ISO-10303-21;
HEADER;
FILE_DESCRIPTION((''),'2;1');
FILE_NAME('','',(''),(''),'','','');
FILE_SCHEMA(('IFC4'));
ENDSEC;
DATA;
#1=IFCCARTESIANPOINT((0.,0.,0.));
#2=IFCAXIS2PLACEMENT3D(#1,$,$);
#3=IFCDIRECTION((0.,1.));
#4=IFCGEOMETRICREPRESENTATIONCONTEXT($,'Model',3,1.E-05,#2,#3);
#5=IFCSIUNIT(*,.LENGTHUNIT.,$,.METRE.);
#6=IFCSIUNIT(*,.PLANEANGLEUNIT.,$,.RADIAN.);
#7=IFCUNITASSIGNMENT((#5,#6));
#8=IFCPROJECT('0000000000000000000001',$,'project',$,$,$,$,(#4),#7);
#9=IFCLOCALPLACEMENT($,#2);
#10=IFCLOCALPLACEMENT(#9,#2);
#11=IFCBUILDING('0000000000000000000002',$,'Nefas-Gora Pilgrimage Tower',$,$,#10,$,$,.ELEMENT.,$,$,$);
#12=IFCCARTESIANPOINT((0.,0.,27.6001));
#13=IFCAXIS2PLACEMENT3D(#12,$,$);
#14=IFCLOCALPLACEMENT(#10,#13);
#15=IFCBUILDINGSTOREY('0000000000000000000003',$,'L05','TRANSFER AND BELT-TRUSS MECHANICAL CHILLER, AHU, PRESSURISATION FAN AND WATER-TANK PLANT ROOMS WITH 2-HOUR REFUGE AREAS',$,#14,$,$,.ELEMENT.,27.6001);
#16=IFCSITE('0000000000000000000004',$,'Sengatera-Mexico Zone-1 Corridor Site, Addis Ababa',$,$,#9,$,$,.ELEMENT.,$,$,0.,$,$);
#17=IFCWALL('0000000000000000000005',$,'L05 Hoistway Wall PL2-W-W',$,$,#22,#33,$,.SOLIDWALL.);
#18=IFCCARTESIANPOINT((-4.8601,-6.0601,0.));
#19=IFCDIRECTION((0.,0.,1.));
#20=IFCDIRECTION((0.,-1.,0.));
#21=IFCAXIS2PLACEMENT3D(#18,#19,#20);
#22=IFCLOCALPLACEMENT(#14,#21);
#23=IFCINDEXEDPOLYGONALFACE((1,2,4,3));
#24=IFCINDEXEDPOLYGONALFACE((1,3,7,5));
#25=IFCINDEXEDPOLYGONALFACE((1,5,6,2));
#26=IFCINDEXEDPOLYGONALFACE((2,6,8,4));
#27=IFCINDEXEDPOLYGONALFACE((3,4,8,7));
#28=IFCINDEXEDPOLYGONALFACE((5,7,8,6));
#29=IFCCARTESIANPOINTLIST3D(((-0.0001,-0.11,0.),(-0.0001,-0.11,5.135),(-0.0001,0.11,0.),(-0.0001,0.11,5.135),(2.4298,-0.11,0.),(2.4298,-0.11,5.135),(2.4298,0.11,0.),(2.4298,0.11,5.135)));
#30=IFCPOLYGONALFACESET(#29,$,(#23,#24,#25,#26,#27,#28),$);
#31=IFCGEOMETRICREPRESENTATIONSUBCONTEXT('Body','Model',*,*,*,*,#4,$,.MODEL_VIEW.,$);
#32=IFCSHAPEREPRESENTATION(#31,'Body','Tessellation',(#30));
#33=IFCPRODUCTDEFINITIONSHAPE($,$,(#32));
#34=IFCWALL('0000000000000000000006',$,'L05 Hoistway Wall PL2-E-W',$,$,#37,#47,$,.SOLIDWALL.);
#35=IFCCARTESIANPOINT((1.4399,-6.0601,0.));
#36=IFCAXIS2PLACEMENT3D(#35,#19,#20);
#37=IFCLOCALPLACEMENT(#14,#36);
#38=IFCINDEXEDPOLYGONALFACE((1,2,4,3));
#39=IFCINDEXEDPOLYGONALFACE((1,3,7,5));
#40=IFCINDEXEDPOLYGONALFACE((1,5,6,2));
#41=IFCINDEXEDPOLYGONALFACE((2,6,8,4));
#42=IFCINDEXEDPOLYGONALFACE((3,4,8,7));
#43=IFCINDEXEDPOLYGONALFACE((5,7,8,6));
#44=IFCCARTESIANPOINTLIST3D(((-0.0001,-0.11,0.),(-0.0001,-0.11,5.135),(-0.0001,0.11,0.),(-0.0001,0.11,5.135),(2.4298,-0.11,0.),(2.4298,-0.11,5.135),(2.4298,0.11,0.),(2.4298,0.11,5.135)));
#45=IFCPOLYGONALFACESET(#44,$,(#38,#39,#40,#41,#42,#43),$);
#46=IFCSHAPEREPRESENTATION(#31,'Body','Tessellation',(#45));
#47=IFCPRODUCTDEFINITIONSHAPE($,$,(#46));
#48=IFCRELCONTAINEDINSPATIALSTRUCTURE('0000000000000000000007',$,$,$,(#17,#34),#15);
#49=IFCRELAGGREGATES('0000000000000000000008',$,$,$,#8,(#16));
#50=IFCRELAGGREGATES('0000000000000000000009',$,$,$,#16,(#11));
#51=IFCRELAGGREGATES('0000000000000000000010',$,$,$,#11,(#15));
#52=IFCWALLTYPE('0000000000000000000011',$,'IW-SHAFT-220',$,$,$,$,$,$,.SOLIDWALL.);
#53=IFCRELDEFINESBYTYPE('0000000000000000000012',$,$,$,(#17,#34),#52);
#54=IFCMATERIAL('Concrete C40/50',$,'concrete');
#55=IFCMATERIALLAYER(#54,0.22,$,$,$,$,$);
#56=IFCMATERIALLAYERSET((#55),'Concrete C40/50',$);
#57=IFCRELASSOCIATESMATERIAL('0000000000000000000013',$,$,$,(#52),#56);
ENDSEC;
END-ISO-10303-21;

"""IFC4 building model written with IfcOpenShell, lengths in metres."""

from ifc_helpers import new_model, si_unit, direction, frame, frame_2d, origin, place, context, subcontext, project, spatial, rectangle, extrude, source, transform, mapped, material, layer, layer_set, type_object, element, save


model = new_model("IFC4")

# Units and contexts
model_context = context("Model", 3, precision=1e-05, world=origin(), true_north=direction((0.0, 1.0)))
body_context = subcontext(model_context, "Body", "Model", "MODEL_VIEW")
ifc_project = project(units=[si_unit("LENGTHUNIT", "METRE"), si_unit("PLANEANGLEUNIT", "RADIAN")], contexts=[model_context])

# Site, building, storey
site_placement = place(None, origin())
site = spatial("IfcSite", under=ifc_project, at=site_placement, Name="Sengatera-Mexico Zone-1 Corridor Site, Addis Ababa", CompositionType="ELEMENT", RefElevation=0.0)
building_placement = place(site_placement, origin())
building = spatial("IfcBuilding", under=site, at=building_placement, Name="Nefas-Gora Pilgrimage Tower", CompositionType="ELEMENT")
storey_placement = place(building_placement, frame((0.0, 0.0, 27.6001)))
storey = spatial("IfcBuildingStorey", under=building, at=storey_placement, Name="L05", Description="TRANSFER AND BELT-TRUSS MECHANICAL CHILLER, AHU, PRESSURISATION FAN AND WATER-TANK PLANT ROOMS WITH 2-HOUR REFUGE AREAS", CompositionType="ELEMENT", Elevation=27.6001)

# Walls
ifc_material_1 = material(Name="Concrete C40/50", Category="concrete")
ifc_layer_1 = layer(ifc_material_1, 0.22)
ifc_layer_set_1 = layer_set([ifc_layer_1], Name="Concrete C40/50")
wall_type_1 = type_object("IfcWallType", Name="IW-SHAFT-220", PredefinedType="SOLIDWALL", material=ifc_layer_set_1)
shared_shape_1 = source(origin(), body_context, "Body", "SweptSolid", [
    extrude(rectangle(XDim=2.4299, YDim=0.22, at=frame_2d((1.2148, 0.0))), origin(), (0.0, 0.0, 1.0), 5.135),
])
for number, where, z_axis, x_axis, name in (
    (1, (-4.8601, -6.0601, 0.0), (0.0, 0.0, 1.0), (0.0, -1.0, 0.0), "L05 Hoistway Wall PL2-W-W"),
    (2, (1.4399, -6.0601, 0.0), (0.0, 0.0, 1.0), (0.0, -1.0, 0.0), "L05 Hoistway Wall PL2-E-W"),
):
    element("IfcWall", number, at=place(storey_placement, frame(where, z_axis=z_axis, x_axis=x_axis)), inside=storey, type_object=wall_type_1, Name=name, PredefinedType="SOLIDWALL", context=body_context, shape_type="MappedRepresentation", body=[
        mapped(shared_shape_1, transform((0.0, 0.0, 0.0), x_axis=(1.0, 0.0, 0.0), y_axis=(0.0, 1.0, 0.0), z_axis=(0.0, 0.0, 1.0), scale=1.0)),
    ])

save(model, "model.ifc")
